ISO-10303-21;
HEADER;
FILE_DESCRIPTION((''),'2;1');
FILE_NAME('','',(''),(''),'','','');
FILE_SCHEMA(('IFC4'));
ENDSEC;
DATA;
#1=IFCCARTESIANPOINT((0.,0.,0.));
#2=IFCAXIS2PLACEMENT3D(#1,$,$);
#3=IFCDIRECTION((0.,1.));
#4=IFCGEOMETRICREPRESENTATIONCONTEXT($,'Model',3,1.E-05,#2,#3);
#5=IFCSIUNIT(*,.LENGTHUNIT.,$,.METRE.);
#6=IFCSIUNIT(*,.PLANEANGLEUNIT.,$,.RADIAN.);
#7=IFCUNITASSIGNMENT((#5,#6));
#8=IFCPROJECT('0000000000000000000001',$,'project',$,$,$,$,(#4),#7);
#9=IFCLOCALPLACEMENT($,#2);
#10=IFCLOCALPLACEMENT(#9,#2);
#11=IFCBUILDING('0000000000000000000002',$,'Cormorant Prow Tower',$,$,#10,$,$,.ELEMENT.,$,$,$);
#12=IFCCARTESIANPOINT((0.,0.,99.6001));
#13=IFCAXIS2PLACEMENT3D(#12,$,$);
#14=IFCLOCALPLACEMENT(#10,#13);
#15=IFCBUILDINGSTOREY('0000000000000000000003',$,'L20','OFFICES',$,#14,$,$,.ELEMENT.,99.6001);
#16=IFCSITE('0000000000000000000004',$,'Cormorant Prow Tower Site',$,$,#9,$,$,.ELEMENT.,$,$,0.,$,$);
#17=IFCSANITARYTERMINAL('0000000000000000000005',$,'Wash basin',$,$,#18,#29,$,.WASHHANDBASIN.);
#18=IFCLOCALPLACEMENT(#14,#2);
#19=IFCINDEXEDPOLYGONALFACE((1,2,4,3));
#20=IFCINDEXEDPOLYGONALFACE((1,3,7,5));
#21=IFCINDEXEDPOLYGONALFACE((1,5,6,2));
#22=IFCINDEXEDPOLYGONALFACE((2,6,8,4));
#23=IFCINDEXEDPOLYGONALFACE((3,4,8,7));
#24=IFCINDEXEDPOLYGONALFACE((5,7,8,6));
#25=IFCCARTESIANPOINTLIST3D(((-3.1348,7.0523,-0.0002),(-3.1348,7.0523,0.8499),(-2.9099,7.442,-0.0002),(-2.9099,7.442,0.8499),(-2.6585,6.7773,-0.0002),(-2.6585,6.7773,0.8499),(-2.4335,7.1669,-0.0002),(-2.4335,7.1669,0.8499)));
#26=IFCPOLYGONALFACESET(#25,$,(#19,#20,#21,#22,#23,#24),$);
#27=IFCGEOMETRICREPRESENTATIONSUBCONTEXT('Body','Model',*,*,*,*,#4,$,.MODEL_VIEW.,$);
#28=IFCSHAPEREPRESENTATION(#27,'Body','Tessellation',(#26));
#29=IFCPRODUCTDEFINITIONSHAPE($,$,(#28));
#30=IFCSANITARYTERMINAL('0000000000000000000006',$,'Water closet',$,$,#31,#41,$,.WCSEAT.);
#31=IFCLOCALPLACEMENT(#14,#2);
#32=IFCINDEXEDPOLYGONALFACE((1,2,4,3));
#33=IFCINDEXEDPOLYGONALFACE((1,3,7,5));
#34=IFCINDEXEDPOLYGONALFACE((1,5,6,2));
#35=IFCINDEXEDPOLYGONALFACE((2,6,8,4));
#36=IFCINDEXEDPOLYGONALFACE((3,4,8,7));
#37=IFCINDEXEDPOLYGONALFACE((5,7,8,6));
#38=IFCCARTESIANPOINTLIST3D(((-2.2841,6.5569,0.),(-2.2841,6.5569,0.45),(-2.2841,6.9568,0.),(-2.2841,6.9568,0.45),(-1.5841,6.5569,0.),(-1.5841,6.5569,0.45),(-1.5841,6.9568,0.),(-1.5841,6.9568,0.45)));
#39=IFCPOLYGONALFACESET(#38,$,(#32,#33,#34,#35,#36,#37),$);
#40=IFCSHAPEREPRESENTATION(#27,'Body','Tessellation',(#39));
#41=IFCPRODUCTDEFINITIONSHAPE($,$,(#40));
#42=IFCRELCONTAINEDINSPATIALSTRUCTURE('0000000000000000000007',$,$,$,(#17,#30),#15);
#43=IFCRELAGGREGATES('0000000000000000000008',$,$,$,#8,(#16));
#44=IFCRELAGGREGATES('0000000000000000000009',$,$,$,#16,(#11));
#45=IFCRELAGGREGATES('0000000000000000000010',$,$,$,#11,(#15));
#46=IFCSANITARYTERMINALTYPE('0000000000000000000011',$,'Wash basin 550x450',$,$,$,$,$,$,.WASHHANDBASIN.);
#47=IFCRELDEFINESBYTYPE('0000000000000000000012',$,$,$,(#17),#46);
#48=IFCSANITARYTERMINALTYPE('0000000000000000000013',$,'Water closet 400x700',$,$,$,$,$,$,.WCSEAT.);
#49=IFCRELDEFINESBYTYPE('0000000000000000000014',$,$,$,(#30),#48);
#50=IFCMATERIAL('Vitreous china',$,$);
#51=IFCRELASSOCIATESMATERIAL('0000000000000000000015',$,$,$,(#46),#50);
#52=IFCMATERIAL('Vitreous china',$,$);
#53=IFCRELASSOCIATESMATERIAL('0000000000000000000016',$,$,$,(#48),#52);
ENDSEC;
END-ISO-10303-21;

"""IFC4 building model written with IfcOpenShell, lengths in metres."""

from ifc_helpers import new_model, si_unit, direction, frame, origin, origin_2d, place, context, subcontext, project, spatial, rectangle, extrude, material, type_object, element, save


model = new_model("IFC4")

# Units and contexts
model_context = context("Model", 3, precision=1e-05, world=origin(), true_north=direction((0.0, 1.0)))
body_context = subcontext(model_context, "Body", "Model", "MODEL_VIEW")
ifc_project = project(units=[si_unit("LENGTHUNIT", "METRE"), si_unit("PLANEANGLEUNIT", "RADIAN")], contexts=[model_context])

# Site, building, storey
site_placement = place(None, origin())
site = spatial("IfcSite", under=ifc_project, at=site_placement, Name="Cormorant Prow Tower Site", CompositionType="ELEMENT", RefElevation=0.0)
building_placement = place(site_placement, origin())
building = spatial("IfcBuilding", under=site, at=building_placement, Name="Cormorant Prow Tower", CompositionType="ELEMENT")
storey_placement = place(building_placement, frame((0.0, 0.0, 99.6001)))
storey = spatial("IfcBuildingStorey", under=building, at=storey_placement, Name="L20", Description="OFFICES", CompositionType="ELEMENT", Elevation=99.6001)

# Sanitary terminals
ifc_material_1 = material(Name="Vitreous china")
sanitary_terminal_type_1 = type_object("IfcSanitaryTerminalType", Name="Wash basin 550x450", PredefinedType="WASHHANDBASIN", material=ifc_material_1)
sanitary_terminal_1_placement = place(storey_placement, frame((-2.7842, 7.1096, -0.0002), z_axis=(0.0, 0.0, 1.0), x_axis=(0.866034, -0.499985, 0.0)))
element("IfcSanitaryTerminal", 1, at=sanitary_terminal_1_placement, inside=storey, type_object=sanitary_terminal_type_1, Name="Wash basin", PredefinedType="WASHHANDBASIN", context=body_context, shape_type="SweptSolid", body=[
    extrude(rectangle(XDim=0.55, YDim=0.45, at=origin_2d()), origin(), (0.0, 0.0, 1.0), 0.8501),
])
ifc_material_2 = material(Name="Vitreous china")
sanitary_terminal_type_2 = type_object("IfcSanitaryTerminalType", Name="Water closet 400x700", PredefinedType="WCSEAT", material=ifc_material_2)
sanitary_terminal_2_placement = place(storey_placement, frame((-1.9341, 6.7568, 0.0), z_axis=(0.0, 0.0, 1.0), x_axis=(0.0, 1.0, 0.0)))
element("IfcSanitaryTerminal", 2, at=sanitary_terminal_2_placement, inside=storey, type_object=sanitary_terminal_type_2, Name="Water closet", PredefinedType="WCSEAT", context=body_context, shape_type="SweptSolid", body=[
    extrude(rectangle(XDim=0.3999, YDim=0.7, at=origin_2d()), origin(), (0.0, 0.0, 1.0), 0.45),
])

save(model, "model.ifc")
